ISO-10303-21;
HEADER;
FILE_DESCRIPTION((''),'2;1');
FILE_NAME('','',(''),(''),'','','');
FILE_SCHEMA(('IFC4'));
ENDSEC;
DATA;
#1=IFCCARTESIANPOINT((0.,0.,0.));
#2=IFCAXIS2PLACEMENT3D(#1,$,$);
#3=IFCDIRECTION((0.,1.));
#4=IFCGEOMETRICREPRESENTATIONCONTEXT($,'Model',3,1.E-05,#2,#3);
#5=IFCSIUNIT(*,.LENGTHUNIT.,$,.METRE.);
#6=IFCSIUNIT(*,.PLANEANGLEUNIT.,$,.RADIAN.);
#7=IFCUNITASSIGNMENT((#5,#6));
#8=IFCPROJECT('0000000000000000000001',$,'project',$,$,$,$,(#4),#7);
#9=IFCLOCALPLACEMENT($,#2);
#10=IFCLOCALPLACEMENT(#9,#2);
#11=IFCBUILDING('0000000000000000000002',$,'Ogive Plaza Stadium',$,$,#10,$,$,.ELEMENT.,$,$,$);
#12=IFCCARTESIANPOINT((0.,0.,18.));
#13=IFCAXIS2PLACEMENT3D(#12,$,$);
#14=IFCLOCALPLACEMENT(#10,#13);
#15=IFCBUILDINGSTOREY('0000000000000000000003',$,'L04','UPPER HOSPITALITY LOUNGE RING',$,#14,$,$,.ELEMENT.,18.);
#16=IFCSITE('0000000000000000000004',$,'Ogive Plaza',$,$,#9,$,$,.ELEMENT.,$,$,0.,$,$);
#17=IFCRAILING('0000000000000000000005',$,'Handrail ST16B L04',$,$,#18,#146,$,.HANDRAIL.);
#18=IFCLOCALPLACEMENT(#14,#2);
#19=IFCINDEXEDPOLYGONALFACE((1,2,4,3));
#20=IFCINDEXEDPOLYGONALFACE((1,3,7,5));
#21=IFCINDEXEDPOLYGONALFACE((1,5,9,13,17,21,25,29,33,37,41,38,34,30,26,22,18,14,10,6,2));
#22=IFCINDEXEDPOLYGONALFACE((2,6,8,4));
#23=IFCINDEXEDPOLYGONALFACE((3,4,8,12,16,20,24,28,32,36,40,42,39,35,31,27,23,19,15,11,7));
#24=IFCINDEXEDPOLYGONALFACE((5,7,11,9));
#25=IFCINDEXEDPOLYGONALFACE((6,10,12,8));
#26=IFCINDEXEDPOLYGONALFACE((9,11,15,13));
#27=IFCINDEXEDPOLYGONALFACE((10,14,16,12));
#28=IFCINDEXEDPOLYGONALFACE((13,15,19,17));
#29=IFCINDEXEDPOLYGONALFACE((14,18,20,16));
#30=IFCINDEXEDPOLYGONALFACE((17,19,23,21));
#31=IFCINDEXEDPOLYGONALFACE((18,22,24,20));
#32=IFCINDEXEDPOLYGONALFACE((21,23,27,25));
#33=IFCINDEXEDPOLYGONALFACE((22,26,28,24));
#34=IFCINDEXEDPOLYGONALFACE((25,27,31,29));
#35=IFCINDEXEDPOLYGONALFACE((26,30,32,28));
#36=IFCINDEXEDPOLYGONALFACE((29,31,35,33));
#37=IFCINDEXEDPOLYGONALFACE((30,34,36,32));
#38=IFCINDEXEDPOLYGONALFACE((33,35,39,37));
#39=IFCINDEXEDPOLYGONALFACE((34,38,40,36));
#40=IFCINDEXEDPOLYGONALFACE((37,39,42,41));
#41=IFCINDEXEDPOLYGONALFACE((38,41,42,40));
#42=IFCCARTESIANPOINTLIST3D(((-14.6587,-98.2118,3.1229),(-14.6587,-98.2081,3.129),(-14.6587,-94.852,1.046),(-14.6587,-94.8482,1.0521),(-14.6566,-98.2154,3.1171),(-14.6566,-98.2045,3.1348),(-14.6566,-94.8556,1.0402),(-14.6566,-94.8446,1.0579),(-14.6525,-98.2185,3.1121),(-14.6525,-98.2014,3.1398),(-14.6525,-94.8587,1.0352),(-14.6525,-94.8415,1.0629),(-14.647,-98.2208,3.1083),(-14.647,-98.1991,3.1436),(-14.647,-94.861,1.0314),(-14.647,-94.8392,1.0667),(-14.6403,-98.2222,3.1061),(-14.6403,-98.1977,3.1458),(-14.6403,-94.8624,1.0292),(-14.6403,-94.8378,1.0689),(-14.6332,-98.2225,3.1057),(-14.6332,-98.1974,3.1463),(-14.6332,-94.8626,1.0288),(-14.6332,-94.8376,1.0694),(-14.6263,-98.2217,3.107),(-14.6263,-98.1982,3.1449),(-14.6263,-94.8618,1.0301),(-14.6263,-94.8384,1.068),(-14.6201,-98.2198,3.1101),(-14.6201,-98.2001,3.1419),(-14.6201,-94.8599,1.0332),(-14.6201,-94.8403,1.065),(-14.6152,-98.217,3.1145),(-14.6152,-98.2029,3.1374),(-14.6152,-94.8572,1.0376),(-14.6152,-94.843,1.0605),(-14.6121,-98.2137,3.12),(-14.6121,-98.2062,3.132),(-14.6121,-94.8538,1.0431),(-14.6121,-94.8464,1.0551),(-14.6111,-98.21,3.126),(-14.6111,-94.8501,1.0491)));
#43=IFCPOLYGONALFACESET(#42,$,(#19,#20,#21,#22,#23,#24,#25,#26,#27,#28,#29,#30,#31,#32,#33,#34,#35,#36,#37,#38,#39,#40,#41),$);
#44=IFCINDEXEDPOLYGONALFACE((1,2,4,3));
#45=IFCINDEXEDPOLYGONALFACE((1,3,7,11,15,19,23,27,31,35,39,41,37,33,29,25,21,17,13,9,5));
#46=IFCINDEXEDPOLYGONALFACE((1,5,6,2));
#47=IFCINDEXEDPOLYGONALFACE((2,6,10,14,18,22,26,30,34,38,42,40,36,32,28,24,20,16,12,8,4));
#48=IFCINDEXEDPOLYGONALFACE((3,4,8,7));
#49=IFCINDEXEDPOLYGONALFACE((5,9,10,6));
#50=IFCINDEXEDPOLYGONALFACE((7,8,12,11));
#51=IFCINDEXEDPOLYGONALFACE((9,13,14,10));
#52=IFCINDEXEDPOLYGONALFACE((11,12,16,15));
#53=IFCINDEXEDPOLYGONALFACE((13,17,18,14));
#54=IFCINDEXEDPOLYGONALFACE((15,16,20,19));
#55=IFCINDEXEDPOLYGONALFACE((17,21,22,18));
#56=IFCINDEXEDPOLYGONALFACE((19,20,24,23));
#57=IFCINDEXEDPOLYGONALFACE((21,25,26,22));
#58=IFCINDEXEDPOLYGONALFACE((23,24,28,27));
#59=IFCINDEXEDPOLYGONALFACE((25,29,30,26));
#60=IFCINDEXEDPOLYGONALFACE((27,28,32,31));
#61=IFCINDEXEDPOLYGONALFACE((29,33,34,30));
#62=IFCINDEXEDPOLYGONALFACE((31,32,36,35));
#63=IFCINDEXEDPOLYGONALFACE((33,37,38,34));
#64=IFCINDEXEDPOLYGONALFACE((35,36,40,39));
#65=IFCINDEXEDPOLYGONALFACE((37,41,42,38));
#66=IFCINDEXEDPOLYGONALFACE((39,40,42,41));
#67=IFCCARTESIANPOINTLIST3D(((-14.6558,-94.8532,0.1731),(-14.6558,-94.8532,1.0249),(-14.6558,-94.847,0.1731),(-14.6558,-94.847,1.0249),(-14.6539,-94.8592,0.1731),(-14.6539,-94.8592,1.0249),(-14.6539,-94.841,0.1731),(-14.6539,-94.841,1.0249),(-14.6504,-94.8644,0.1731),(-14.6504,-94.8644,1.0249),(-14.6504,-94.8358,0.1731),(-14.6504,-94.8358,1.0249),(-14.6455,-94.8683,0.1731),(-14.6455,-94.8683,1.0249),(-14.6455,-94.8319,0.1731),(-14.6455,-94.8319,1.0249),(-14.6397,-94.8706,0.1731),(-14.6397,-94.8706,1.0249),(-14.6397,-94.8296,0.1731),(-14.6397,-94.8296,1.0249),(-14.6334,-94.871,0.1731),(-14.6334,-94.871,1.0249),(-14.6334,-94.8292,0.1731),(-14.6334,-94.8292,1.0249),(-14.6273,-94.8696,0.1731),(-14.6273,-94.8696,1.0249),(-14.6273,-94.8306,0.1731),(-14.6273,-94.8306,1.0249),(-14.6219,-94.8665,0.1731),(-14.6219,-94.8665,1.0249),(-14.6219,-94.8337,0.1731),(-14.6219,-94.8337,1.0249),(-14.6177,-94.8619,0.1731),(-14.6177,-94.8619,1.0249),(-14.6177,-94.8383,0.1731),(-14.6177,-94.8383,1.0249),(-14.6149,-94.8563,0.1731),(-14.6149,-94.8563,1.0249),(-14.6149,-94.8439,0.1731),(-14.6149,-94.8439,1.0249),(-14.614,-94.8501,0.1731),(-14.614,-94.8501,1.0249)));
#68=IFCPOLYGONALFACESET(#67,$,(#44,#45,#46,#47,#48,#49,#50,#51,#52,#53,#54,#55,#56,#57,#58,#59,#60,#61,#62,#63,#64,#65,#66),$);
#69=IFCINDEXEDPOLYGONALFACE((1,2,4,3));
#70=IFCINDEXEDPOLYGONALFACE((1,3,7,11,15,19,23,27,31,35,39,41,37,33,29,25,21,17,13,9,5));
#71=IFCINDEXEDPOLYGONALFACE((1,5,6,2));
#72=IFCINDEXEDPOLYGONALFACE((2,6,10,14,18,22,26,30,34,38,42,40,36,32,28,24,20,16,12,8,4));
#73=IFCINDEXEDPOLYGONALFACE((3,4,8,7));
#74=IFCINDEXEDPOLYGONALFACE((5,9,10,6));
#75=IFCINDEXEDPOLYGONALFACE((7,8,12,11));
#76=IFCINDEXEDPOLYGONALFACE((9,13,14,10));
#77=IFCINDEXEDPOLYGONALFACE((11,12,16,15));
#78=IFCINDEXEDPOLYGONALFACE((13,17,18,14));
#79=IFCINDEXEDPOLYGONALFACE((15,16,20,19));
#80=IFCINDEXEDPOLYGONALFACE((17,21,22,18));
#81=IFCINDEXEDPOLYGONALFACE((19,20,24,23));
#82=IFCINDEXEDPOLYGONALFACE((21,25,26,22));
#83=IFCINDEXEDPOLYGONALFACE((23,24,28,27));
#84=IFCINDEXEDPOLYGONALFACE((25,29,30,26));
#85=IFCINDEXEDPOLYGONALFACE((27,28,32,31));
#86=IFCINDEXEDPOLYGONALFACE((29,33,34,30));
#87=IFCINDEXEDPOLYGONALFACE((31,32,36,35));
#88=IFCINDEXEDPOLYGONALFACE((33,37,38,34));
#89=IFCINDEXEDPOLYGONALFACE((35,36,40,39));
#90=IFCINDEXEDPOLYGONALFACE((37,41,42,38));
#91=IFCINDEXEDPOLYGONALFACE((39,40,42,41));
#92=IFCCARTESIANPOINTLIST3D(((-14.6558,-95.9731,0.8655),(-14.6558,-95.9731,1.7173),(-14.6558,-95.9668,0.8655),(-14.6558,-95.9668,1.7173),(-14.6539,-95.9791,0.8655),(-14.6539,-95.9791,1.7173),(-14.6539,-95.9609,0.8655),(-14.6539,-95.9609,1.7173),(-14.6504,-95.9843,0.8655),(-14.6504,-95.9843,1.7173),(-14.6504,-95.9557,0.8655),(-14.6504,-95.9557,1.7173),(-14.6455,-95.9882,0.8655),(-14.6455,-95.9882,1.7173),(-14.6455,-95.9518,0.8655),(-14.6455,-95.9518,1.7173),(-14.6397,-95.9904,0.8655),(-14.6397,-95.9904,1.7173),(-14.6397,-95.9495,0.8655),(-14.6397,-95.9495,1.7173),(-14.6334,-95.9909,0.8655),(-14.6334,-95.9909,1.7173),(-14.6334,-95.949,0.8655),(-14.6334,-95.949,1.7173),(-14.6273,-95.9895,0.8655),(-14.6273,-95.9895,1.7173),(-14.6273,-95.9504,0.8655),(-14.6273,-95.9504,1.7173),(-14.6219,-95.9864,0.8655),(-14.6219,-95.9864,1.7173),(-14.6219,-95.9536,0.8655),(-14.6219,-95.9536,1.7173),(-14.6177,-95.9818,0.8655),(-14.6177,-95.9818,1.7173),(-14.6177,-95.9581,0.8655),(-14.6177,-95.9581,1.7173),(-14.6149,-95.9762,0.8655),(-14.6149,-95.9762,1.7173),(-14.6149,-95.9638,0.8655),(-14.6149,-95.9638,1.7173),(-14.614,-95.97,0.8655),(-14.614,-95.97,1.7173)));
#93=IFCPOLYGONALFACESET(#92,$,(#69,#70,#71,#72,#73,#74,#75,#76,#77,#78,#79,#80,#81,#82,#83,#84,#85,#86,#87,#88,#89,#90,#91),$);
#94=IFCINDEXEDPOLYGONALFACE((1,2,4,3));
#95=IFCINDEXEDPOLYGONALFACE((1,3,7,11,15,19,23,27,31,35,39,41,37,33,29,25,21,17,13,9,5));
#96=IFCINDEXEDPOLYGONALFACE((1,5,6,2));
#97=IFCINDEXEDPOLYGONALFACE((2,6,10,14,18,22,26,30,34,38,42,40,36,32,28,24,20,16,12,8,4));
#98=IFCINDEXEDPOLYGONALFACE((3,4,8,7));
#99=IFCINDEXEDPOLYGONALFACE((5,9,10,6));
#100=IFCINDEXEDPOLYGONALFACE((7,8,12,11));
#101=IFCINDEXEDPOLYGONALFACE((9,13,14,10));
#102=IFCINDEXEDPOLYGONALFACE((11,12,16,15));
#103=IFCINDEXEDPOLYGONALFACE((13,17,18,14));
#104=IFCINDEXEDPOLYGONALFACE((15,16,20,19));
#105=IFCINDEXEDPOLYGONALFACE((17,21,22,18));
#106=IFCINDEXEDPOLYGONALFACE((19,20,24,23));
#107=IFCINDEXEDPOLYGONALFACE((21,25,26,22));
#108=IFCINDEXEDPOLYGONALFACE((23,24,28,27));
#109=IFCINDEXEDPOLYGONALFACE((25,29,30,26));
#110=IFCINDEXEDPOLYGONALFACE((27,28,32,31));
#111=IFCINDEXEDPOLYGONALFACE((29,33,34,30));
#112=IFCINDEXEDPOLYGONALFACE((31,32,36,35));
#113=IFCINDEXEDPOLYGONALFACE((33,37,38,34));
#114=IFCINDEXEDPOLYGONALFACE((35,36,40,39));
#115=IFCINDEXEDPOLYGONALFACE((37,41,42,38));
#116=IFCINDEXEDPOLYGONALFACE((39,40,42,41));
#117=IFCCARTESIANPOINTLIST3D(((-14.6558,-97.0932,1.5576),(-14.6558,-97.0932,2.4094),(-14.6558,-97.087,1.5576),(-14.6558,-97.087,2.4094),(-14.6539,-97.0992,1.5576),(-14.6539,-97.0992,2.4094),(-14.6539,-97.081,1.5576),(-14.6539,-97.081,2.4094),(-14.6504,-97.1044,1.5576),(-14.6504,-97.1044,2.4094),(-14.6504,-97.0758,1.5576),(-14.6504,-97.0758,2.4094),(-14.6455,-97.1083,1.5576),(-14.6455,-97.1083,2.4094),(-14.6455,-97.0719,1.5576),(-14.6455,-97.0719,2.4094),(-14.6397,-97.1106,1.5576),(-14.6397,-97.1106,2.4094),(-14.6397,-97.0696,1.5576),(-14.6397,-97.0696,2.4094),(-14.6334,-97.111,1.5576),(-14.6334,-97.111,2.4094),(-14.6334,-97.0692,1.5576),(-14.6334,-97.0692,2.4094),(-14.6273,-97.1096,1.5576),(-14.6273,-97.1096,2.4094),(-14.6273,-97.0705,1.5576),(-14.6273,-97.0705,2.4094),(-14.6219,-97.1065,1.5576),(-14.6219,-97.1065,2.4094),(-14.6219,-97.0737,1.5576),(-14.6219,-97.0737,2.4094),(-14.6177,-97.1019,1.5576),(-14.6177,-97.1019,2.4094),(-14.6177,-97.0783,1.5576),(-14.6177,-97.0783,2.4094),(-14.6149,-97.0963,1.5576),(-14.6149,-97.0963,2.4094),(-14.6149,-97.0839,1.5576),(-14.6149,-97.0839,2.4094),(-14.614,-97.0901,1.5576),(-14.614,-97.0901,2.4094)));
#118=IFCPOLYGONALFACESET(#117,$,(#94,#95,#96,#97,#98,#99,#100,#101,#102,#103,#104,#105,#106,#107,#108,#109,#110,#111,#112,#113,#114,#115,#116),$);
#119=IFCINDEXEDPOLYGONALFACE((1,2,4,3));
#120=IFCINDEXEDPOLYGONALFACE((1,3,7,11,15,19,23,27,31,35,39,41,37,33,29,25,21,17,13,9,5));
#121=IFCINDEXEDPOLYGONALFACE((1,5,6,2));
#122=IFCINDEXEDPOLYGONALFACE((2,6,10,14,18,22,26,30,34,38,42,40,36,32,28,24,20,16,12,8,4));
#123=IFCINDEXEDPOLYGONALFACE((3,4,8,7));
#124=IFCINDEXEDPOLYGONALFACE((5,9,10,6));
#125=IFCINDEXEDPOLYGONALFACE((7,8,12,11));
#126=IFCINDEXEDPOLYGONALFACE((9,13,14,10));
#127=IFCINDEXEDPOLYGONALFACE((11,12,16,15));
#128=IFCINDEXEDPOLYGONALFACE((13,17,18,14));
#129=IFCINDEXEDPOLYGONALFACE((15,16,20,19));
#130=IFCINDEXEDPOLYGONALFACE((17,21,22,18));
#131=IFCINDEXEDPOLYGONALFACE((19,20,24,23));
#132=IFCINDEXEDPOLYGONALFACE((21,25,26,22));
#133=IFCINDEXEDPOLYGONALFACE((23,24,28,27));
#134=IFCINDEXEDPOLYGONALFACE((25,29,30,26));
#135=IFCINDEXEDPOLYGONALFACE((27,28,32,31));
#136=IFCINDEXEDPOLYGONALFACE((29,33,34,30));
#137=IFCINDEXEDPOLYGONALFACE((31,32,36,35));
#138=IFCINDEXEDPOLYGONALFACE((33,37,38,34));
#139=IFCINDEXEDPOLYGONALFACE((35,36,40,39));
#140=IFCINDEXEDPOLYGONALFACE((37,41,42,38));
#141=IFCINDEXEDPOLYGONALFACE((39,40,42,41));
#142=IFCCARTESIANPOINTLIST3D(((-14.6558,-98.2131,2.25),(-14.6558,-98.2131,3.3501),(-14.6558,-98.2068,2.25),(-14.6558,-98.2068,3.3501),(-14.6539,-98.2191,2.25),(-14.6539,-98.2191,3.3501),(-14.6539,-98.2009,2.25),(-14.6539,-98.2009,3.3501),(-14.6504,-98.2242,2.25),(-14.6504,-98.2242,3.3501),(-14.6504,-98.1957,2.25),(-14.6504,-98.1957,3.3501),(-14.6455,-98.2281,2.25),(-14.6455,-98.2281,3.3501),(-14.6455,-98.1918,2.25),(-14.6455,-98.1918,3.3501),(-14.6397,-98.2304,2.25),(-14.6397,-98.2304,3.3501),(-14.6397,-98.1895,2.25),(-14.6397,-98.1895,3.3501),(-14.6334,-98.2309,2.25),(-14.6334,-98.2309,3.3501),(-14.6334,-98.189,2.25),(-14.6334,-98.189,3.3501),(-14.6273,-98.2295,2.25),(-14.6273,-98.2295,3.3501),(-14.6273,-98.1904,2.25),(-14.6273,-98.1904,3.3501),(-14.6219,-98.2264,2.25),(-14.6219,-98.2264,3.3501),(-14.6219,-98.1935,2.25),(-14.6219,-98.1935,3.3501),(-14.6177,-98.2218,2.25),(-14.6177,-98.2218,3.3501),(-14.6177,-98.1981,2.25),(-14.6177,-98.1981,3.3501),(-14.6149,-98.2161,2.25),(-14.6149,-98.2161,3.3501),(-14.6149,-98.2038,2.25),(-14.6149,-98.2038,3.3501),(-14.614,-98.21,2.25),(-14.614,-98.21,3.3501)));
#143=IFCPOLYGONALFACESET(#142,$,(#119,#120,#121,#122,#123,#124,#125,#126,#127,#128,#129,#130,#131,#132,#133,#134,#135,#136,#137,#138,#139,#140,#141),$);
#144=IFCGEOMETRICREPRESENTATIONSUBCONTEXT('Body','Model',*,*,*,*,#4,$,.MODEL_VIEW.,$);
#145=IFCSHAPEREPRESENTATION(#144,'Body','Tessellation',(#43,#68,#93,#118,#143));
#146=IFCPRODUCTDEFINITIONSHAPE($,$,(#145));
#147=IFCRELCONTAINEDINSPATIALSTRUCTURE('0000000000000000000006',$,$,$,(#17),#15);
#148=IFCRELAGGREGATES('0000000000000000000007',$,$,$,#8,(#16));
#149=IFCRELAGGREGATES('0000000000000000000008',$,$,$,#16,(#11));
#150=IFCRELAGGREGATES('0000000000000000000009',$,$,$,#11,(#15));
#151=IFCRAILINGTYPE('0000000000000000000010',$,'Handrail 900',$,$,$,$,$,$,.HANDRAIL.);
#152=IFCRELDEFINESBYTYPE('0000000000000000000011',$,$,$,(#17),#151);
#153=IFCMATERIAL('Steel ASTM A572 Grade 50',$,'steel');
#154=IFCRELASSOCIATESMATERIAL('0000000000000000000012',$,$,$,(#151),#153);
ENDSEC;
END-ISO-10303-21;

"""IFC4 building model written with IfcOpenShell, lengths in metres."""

from ifc_helpers import new_model, si_unit, direction, frame, origin, origin_2d, place, context, subcontext, project, spatial, circle, extrude, material, type_object, element, save


model = new_model("IFC4")

# Units and contexts
model_context = context("Model", 3, precision=1e-05, world=origin(), true_north=direction((0.0, 1.0)))
body_context = subcontext(model_context, "Body", "Model", "MODEL_VIEW")
ifc_project = project(units=[si_unit("LENGTHUNIT", "METRE"), si_unit("PLANEANGLEUNIT", "RADIAN")], contexts=[model_context])

# Site, building, storey
site_placement = place(None, origin())
site = spatial("IfcSite", under=ifc_project, at=site_placement, Name="Ogive Plaza", CompositionType="ELEMENT", RefElevation=0.0)
building_placement = place(site_placement, origin())
building = spatial("IfcBuilding", under=site, at=building_placement, Name="Ogive Plaza Stadium", CompositionType="ELEMENT")
storey_placement = place(building_placement, frame((0.0, 0.0, 18.0)))
storey = spatial("IfcBuildingStorey", under=building, at=storey_placement, Name="L04", Description="UPPER HOSPITALITY LOUNGE RING", CompositionType="ELEMENT", Elevation=18.0)

# Railing
ifc_material_1 = material(Name="Steel ASTM A572 Grade 50", Category="steel")
railing_type_1 = type_object("IfcRailingType", Name="Handrail 900", PredefinedType="HANDRAIL", material=ifc_material_1)
for number, where, name in (
    (1, (-14.635, -94.8501, 0.1731), "Handrail ST16B L04"),
):
    element("IfcRailing", number, at=place(storey_placement, frame(where)), inside=storey, type_object=railing_type_1, Name=name, PredefinedType="HANDRAIL", context=body_context, shape_type="SweptSolid", body=[
        extrude(circle(Radius=0.0239, at=origin_2d()), frame((0.0, 0.0, 0.876), z_axis=(0.0, -0.850606, 0.525803), x_axis=(1.0, 0.0, 0.0)), (0.0, 0.0, 1.0), 3.95),
        extrude(circle(Radius=0.021, at=origin_2d()), origin(), (0.0, 0.0, 1.0), 0.8518),
        extrude(circle(Radius=0.021, at=origin_2d()), frame((0.0, -1.1199, 0.6924)), (0.0, 0.0, 1.0), 0.8518),
        extrude(circle(Radius=0.021, at=origin_2d()), frame((0.0, -2.24, 1.3845)), (0.0, 0.0, 1.0), 0.8518),
        extrude(circle(Radius=0.021, at=origin_2d()), frame((0.0, -3.3599, 2.0769)), (0.0, 0.0, 1.0), 1.1001),
    ])

save(model, "model.ifc")
